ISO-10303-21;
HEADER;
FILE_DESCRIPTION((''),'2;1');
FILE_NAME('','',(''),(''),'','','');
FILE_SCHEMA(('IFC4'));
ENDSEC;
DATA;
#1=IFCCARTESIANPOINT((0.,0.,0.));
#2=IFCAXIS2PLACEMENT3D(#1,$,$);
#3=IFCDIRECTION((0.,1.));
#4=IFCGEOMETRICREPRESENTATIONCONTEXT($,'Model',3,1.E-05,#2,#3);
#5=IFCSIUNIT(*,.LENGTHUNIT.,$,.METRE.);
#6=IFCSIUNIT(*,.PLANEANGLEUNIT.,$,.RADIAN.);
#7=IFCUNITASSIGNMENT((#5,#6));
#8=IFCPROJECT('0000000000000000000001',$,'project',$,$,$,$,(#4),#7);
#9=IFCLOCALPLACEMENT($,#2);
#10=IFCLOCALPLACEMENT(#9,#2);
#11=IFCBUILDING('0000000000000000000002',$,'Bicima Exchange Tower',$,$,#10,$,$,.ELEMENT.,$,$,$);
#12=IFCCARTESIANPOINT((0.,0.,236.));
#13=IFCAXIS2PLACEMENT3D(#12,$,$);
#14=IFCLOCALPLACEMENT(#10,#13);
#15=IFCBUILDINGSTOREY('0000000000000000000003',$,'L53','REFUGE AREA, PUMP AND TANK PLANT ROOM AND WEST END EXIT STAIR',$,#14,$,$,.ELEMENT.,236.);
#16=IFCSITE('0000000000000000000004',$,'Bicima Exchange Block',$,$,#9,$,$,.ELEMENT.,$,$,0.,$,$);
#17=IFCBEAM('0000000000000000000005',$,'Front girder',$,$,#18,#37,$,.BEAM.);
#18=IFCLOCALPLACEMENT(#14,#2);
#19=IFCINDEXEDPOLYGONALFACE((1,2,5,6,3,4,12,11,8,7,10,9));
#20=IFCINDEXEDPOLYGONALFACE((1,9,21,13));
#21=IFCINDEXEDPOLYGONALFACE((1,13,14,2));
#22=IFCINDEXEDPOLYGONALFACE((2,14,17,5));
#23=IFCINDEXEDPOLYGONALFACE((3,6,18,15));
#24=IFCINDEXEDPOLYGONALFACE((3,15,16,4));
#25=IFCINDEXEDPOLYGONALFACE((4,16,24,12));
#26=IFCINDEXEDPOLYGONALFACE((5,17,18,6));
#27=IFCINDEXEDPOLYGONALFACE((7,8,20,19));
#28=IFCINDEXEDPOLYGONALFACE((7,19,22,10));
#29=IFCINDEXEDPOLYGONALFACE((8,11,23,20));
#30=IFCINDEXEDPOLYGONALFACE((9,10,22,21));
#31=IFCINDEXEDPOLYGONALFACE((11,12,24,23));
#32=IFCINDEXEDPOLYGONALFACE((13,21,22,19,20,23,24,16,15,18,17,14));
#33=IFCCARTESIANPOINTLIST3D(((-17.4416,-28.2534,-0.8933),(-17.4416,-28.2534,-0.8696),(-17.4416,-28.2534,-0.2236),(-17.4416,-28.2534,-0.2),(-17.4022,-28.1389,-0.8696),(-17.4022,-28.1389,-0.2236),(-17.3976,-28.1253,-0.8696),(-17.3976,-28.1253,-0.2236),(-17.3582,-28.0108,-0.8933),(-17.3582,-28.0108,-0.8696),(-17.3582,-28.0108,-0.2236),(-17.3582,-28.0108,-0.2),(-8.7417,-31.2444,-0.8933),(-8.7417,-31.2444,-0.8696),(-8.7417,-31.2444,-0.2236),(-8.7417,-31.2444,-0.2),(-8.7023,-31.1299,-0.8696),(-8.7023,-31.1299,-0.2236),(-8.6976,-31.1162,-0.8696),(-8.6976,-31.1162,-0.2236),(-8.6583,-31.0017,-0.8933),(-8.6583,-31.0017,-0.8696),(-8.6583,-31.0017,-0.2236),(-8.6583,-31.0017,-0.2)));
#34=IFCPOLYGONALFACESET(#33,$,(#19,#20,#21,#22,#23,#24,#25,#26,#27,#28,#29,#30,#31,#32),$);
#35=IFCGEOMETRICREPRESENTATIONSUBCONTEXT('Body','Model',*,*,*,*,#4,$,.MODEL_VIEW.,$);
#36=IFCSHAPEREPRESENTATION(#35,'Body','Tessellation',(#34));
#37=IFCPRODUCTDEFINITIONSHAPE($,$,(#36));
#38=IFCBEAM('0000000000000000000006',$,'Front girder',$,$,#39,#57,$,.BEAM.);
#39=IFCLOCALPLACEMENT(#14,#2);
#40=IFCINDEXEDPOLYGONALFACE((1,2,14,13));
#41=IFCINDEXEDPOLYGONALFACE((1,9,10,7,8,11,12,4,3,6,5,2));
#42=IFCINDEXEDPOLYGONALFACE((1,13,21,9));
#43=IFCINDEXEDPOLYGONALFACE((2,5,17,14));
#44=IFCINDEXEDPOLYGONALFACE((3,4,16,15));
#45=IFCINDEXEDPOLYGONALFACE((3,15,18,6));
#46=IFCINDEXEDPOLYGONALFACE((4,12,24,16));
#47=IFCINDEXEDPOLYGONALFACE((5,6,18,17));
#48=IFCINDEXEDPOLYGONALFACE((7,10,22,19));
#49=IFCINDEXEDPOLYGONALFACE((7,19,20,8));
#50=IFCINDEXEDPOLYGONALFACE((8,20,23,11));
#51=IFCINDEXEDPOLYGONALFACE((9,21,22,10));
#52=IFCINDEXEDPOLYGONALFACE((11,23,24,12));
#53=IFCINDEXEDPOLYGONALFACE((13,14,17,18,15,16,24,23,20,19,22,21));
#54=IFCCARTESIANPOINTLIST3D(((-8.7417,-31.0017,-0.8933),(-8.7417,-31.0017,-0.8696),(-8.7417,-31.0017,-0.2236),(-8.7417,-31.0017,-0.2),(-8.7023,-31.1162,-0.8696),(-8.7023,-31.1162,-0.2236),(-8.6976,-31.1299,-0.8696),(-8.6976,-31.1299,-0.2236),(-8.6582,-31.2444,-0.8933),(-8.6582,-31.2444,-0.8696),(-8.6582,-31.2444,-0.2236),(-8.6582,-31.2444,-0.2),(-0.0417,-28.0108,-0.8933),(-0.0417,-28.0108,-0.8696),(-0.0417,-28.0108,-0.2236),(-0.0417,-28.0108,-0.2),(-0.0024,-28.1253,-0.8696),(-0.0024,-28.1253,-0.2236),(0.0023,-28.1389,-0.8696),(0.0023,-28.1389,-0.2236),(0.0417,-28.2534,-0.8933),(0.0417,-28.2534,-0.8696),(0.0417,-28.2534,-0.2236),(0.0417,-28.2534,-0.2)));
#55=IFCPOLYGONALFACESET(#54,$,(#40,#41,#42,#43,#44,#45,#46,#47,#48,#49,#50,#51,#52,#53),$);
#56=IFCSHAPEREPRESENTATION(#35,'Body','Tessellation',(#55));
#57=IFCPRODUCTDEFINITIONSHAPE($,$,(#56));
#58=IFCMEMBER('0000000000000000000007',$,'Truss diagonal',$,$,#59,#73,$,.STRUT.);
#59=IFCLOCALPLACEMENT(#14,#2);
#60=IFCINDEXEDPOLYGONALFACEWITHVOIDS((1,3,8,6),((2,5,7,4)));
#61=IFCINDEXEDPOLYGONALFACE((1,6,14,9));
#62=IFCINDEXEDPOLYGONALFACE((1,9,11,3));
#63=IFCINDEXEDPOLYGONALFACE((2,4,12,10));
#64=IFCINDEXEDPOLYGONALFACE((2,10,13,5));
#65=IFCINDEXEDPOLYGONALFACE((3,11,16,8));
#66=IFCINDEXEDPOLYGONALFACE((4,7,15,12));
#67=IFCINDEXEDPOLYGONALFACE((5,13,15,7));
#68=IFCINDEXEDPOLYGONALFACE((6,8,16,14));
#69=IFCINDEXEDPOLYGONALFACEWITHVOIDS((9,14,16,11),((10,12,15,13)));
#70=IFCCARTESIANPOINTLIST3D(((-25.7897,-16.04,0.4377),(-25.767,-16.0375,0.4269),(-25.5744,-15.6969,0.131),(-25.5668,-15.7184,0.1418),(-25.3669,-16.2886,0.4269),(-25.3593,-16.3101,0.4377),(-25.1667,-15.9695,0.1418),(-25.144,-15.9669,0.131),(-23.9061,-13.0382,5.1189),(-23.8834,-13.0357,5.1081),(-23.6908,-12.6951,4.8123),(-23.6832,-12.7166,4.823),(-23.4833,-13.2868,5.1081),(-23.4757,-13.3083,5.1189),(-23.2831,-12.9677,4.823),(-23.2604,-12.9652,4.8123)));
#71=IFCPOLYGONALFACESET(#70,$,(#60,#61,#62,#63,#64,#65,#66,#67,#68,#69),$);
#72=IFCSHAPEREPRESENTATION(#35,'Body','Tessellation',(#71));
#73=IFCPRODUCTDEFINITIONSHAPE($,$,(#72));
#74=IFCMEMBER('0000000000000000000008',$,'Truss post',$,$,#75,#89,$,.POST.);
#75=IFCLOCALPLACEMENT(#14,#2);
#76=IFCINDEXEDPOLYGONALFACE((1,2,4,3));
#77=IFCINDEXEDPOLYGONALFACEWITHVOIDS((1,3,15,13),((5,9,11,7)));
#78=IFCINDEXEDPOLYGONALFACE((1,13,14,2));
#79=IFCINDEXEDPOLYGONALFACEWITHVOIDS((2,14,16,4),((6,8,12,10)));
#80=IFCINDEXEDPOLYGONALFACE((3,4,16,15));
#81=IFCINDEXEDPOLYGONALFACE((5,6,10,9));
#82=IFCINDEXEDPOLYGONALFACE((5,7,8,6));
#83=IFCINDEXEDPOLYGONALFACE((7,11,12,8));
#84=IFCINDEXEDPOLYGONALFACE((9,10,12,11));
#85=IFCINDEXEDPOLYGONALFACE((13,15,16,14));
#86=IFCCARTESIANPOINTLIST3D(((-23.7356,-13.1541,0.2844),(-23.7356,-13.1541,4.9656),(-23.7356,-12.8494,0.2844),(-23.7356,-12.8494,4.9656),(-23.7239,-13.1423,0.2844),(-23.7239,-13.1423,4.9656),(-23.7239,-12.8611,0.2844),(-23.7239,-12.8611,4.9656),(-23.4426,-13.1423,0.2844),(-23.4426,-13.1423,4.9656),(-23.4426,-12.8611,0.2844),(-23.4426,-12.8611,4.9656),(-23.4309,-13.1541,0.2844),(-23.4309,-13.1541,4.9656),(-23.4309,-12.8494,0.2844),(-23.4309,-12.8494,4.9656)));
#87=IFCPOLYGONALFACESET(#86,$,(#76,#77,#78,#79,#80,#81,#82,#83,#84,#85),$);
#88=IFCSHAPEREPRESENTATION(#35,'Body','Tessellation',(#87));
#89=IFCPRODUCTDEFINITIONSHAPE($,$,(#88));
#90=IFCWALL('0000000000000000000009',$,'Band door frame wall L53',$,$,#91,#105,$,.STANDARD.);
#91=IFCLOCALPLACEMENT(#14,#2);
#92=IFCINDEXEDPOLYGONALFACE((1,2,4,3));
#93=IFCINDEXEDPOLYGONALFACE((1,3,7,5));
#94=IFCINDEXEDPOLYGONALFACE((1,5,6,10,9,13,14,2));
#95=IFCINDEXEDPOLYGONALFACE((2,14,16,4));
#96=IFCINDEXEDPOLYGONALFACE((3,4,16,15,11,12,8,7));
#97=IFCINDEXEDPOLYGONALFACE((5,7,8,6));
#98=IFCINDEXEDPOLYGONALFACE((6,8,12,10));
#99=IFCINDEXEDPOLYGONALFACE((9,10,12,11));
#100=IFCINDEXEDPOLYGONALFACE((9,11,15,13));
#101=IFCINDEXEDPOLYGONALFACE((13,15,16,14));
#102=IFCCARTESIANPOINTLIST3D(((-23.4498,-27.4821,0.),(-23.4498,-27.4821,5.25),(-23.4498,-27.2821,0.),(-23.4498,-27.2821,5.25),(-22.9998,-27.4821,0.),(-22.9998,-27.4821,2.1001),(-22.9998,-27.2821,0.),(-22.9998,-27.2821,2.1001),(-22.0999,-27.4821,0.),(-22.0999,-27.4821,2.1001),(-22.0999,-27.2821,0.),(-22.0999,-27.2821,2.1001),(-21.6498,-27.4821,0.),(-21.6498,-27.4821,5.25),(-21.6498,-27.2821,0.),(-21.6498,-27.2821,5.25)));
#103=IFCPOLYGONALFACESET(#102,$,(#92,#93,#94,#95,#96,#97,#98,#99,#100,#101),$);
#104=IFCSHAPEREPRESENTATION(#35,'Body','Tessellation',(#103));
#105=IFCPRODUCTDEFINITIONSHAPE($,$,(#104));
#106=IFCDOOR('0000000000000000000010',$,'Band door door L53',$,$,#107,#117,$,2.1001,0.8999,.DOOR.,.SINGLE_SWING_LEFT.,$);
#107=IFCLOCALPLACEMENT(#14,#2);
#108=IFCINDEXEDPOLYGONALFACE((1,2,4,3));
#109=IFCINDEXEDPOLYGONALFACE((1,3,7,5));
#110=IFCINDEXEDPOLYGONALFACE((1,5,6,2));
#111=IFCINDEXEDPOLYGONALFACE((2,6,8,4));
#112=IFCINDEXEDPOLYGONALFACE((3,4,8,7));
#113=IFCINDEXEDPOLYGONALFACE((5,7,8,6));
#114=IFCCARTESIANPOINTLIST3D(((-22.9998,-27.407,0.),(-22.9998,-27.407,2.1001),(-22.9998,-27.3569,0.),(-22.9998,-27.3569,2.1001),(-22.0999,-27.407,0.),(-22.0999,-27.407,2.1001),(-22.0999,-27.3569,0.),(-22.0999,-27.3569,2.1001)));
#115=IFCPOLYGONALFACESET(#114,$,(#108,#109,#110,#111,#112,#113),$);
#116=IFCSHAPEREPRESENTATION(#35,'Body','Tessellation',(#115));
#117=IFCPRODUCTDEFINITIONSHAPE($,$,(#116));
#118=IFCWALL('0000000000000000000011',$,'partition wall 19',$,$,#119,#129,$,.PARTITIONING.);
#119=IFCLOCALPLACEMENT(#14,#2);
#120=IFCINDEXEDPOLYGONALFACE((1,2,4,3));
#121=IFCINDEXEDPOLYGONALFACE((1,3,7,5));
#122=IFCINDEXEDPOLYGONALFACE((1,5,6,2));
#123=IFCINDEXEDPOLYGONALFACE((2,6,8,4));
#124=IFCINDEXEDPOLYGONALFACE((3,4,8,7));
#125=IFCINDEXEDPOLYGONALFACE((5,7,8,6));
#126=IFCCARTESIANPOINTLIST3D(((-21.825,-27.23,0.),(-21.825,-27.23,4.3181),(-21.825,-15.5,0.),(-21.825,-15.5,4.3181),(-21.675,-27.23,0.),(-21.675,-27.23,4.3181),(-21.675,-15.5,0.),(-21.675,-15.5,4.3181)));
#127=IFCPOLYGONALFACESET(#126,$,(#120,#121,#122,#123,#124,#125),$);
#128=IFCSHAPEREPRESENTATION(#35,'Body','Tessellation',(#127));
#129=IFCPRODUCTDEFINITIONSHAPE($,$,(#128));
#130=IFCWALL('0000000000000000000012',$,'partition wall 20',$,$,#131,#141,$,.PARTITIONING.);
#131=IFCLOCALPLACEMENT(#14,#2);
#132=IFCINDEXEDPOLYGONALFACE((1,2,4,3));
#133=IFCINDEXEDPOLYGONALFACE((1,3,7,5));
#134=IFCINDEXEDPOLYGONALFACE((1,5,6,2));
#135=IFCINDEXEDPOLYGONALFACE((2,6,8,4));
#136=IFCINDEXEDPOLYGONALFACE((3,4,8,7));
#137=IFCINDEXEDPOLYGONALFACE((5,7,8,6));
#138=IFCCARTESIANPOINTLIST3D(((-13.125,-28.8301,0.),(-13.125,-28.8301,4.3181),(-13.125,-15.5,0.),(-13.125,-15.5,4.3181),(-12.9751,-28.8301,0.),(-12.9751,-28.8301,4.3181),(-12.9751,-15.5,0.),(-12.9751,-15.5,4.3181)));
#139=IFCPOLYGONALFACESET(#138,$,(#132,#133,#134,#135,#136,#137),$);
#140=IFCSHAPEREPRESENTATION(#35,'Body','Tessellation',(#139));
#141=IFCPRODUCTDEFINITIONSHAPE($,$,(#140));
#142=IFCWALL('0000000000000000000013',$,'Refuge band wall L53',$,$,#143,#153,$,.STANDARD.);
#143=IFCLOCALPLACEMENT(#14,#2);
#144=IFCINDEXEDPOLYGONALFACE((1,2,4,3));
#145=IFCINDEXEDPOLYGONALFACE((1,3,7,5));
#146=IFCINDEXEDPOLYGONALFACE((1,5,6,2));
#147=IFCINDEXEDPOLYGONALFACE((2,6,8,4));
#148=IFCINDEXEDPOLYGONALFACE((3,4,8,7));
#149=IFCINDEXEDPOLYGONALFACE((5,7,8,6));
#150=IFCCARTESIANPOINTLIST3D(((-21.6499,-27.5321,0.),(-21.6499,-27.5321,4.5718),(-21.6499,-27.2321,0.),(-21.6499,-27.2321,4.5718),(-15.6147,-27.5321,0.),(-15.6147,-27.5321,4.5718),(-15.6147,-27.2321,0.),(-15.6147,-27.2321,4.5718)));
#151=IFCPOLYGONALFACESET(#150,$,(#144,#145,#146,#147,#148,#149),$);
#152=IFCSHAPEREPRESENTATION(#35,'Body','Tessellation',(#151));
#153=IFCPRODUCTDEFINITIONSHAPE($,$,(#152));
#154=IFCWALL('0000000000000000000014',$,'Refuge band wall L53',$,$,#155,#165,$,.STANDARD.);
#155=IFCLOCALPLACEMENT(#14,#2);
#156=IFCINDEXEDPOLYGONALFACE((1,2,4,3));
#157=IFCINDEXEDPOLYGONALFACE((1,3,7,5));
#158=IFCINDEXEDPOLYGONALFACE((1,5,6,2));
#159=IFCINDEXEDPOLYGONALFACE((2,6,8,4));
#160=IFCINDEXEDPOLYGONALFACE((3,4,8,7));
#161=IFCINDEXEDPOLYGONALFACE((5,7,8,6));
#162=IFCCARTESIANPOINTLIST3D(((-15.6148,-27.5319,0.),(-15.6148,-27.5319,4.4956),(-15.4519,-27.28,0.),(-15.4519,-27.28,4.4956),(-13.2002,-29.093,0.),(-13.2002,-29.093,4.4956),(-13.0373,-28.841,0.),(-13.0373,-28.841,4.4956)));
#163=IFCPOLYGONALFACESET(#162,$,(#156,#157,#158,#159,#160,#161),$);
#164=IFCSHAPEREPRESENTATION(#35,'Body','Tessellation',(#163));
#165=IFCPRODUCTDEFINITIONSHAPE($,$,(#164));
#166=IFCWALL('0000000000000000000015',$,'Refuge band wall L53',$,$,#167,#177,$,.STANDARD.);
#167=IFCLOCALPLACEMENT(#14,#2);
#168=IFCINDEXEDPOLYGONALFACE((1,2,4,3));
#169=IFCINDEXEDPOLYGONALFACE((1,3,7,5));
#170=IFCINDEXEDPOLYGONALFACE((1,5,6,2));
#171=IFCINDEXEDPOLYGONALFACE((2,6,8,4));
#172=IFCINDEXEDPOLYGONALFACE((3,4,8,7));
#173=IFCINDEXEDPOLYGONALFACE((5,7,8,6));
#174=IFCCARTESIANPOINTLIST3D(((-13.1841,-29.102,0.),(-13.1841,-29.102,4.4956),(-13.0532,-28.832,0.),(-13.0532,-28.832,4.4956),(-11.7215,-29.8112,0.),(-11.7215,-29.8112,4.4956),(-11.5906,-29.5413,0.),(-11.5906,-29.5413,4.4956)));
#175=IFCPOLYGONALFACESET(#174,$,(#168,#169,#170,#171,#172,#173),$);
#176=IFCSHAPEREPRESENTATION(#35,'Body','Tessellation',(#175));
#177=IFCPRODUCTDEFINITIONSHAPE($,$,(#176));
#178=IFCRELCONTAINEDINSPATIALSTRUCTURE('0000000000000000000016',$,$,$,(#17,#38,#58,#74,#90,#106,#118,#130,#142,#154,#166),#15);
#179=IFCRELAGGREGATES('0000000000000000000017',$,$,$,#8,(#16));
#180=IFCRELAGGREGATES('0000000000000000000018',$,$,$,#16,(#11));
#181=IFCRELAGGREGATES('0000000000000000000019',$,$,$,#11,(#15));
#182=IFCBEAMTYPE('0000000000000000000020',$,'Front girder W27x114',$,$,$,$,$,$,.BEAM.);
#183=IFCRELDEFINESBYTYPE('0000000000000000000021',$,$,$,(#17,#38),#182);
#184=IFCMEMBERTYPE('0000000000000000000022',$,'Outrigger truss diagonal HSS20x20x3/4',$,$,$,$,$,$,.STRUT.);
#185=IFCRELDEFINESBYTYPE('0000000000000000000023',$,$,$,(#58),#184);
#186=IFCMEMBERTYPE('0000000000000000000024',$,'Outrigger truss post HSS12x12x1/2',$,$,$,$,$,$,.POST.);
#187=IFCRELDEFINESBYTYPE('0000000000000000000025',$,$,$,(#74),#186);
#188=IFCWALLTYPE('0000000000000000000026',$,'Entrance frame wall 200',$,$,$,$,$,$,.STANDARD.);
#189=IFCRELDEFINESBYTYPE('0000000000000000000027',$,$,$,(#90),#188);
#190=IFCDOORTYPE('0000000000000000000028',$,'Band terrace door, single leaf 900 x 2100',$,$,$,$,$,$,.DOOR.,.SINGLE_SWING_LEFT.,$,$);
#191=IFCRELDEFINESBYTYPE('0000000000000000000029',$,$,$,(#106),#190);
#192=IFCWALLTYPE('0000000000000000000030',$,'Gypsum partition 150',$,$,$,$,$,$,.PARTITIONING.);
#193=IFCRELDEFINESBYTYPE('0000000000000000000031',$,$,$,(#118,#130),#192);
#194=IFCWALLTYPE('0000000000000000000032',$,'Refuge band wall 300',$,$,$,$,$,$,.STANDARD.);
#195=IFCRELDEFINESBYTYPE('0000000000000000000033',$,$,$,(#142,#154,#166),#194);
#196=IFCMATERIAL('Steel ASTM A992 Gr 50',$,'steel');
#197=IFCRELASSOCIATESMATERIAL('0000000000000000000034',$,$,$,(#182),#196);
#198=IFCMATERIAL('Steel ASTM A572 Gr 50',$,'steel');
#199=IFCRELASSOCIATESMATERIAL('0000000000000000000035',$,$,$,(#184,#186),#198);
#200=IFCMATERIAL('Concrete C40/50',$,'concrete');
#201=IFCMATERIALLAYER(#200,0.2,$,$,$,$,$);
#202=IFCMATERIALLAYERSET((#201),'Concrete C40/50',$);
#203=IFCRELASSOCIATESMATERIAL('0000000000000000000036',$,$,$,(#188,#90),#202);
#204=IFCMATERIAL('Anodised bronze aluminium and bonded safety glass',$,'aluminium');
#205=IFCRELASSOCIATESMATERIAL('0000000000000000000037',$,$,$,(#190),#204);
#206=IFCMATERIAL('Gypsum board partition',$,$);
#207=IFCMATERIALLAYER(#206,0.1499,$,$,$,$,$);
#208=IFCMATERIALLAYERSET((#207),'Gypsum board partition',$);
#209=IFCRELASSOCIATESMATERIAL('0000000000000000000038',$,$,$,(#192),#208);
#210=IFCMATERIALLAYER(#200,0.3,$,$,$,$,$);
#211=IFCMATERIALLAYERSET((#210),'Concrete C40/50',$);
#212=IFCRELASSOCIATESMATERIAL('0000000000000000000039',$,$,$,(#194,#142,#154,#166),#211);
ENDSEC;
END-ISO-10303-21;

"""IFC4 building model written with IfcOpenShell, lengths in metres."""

from ifc_helpers import new_model, si_unit, direction, frame, frame_2d, origin, origin_2d, place, context, subcontext, project, spatial, rectangle, hollow_rectangle, i_section, extrude, material, layer, layer_set, layer_usage, material_profile, profile_set, type_object, element, fill, save


model = new_model("IFC4")

# Units and contexts
model_context = context("Model", 3, precision=1e-05, world=origin(), true_north=direction((0.0, 1.0)))
body_context = subcontext(model_context, "Body", "Model", "MODEL_VIEW")
ifc_project = project(units=[si_unit("LENGTHUNIT", "METRE"), si_unit("PLANEANGLEUNIT", "RADIAN")], contexts=[model_context])

# Site, building, storey
site_placement = place(None, origin())
site = spatial("IfcSite", under=ifc_project, at=site_placement, Name="Bicima Exchange Block", CompositionType="ELEMENT", RefElevation=0.0)
building_placement = place(site_placement, origin())
building = spatial("IfcBuilding", under=site, at=building_placement, Name="Bicima Exchange Tower", CompositionType="ELEMENT")
storey_placement = place(building_placement, frame((0.0, 0.0, 236.0)))
storey = spatial("IfcBuildingStorey", under=building, at=storey_placement, Name="L53", Description="REFUGE AREA, PUMP AND TANK PLANT ROOM AND WEST END EXIT STAIR", CompositionType="ELEMENT", Elevation=236.0)

# Shared definitions
ifc_material_1 = material(Name="Steel ASTM A992 Gr 50", Category="steel")

# Shared definitions
ifc_material_2 = material(Name="Steel ASTM A572 Gr 50", Category="steel")
ifc_material_profile_1 = material_profile(ifc_material_2, hollow_rectangle(XDim=0.3047, YDim=0.3047, WallThickness=0.0117, at=origin_2d()))
ifc_profile_set_1 = profile_set([ifc_material_profile_1], Name="Steel ASTM A572 Gr 50")

# Beams
ifc_material_profile_2 = material_profile(ifc_material_1, i_section(OverallWidth=0.2566, OverallDepth=0.6934, WebThickness=0.0144, FlangeThickness=0.0237, at=origin_2d()))
ifc_profile_set_2 = profile_set([ifc_material_profile_2], Name="Steel ASTM A992 Gr 50")
beam_type_1 = type_object("IfcBeamType", Name="Front girder W27x114", PredefinedType="BEAM", material=ifc_profile_set_2)
for number, where, z_axis, x_axis, name in (
    (1, (-17.3999, -28.1321, -0.5466), (0.945675, -0.325115, 0.0), (0.325115, 0.945675, 0.0), "Front girder"),
    (2, (-8.7, -31.123, -0.5466), (0.945675, 0.325115, 0.0), (-0.325115, 0.945675, 0.0), "Front girder"),
):
    element("IfcBeam", number, at=place(storey_placement, frame(where, z_axis=z_axis, x_axis=x_axis)), inside=storey, type_object=beam_type_1, Name=name, PredefinedType="BEAM", context=body_context, shape_type="SweptSolid", body=[
        extrude(i_section(OverallWidth=0.2566, OverallDepth=0.6934, WebThickness=0.0144, FlangeThickness=0.0237, at=origin_2d()), origin(), (0.0, 0.0, 1.0), 9.1997),
    ])

# Members
ifc_material_profile_3 = material_profile(ifc_material_2, hollow_rectangle(XDim=0.5081, YDim=0.5081, WallThickness=0.0178, at=origin_2d()))
ifc_profile_set_3 = profile_set([ifc_material_profile_3], Name="Steel ASTM A572 Gr 50")
member_type_1 = type_object("IfcMemberType", Name="Outrigger truss diagonal HSS20x20x3/4", PredefinedType="STRUT", material=ifc_profile_set_3)
member_1_placement = place(storey_placement, frame((-23.5833, -13.0017, 4.9656), z_axis=(-0.32081, -0.511258, -0.797305), x_axis=(0.847049, -0.531515, 0.0)))
element("IfcMember", 3, at=member_1_placement, inside=storey, type_object=member_type_1, Name="Truss diagonal", PredefinedType="STRUT", context=body_context, shape_type="SweptSolid", body=[
    extrude(hollow_rectangle(XDim=0.5081, YDim=0.5081, WallThickness=0.0178, at=origin_2d()), origin(), (0.0, 0.0, 1.0), 5.8713),
])
member_type_2 = type_object("IfcMemberType", Name="Outrigger truss post HSS12x12x1/2", PredefinedType="POST", material=ifc_profile_set_1)
member_2_placement = place(storey_placement, frame((-23.5833, -13.0017, 0.2844), z_axis=(0.0, 0.0, 1.0), x_axis=(1.0, 0.0, 0.0)))
element("IfcMember", 4, at=member_2_placement, inside=storey, type_object=member_type_2, Name="Truss post", PredefinedType="POST", context=body_context, shape_type="SweptSolid", body=[
    extrude(hollow_rectangle(XDim=0.3047, YDim=0.3047, WallThickness=0.0117, at=origin_2d()), origin(), (0.0, 0.0, 1.0), 4.6812),
])

# Wall, opening, door
ifc_material_3 = material(Name="Concrete C40/50", Category="concrete")
ifc_layer_1 = layer(ifc_material_3, 0.2)
ifc_layer_set_1 = layer_set([ifc_layer_1], Name="Concrete C40/50")
ifc_layer_usage_1 = layer_usage(ifc_layer_set_1, "AXIS2", "POSITIVE", -0.1)
wall_type_1 = type_object("IfcWallType", Name="Entrance frame wall 200", PredefinedType="STANDARD", material=ifc_layer_set_1)
wall_1_placement = place(storey_placement, frame((-21.6499, -27.3821, 0.0), z_axis=(0.0, 0.0, 1.0), x_axis=(-1.0, 0.0, 0.0)))
wall_1 = element("IfcWall", 5, at=wall_1_placement, inside=storey, type_object=wall_type_1, material=ifc_layer_usage_1, Name="Band door frame wall L53", PredefinedType="STANDARD", context=body_context, shape_type="SweptSolid", body=[
    extrude(rectangle(XDim=1.8, YDim=0.2, at=frame_2d((0.8999, 0.0))), origin(), (0.0, 0.0, 1.0), 5.25),
])
opening_placement = place(wall_1_placement, frame((0.45, 0.0, 0.0)))
opening = element("IfcOpeningElement", 6, at=opening_placement, cuts=wall_1, PredefinedType="OPENING", context=body_context, shape_type="SweptSolid", body=[
    extrude(rectangle(XDim=0.8999, YDim=2.1001, at=frame_2d((0.45, 1.05))), frame((0.0, 0.1118, 0.0), z_axis=(0.0, -1.0, 0.0), x_axis=(1.0, 0.0, 0.0)), (0.0, 0.0, 1.0), 0.2239),
])
ifc_material_4 = material(Name="Anodised bronze aluminium and bonded safety glass", Category="aluminium")
door_type = type_object("IfcDoorType", Name="Band terrace door, single leaf 900 x 2100", OperationType="SINGLE_SWING_LEFT", PredefinedType="DOOR", material=ifc_material_4)
door_placement = place(opening_placement, origin())
door = element("IfcDoor", 7, at=door_placement, inside=storey, type_object=door_type, Name="Band door door L53", OperationType="SINGLE_SWING_LEFT", OverallHeight=2.1001, OverallWidth=0.8999, PredefinedType="DOOR", context=body_context, shape_type="SweptSolid", body=[
    extrude(rectangle(XDim=0.8999, YDim=2.1001, at=frame_2d((0.45, 1.05))), frame((0.0, 0.0249, 0.0), z_axis=(0.0, -1.0, 0.0), x_axis=(1.0, 0.0, 0.0)), (0.0, 0.0, 1.0), 0.05),
])
fill(opening, door)

# Walls
ifc_material_5 = material(Name="Gypsum board partition")
ifc_layer_2 = layer(ifc_material_5, 0.1499)
ifc_layer_set_2 = layer_set([ifc_layer_2], Name="Gypsum board partition")
wall_type_2 = type_object("IfcWallType", Name="Gypsum partition 150", PredefinedType="PARTITIONING", material=ifc_layer_set_2)
wall_2_placement = place(storey_placement, frame((-21.75, -27.23, 0.0), z_axis=(0.0, 0.0, 1.0), x_axis=(0.0, 1.0, 0.0)))
element("IfcWall", 8, at=wall_2_placement, inside=storey, type_object=wall_type_2, Name="partition wall 19", PredefinedType="PARTITIONING", context=body_context, shape_type="SweptSolid", body=[
    extrude(rectangle(XDim=11.73, YDim=0.1499, at=frame_2d((5.865, 0.0))), origin(), (0.0, 0.0, 1.0), 4.3181),
])
wall_3_placement = place(storey_placement, frame((-13.05, -28.8301, 0.0), z_axis=(0.0, 0.0, 1.0), x_axis=(0.0, 1.0, 0.0)))
element("IfcWall", 9, at=wall_3_placement, inside=storey, type_object=wall_type_2, Name="partition wall 20", PredefinedType="PARTITIONING", context=body_context, shape_type="SweptSolid", body=[
    extrude(rectangle(XDim=13.3301, YDim=0.1499, at=frame_2d((6.665, 0.0))), origin(), (0.0, 0.0, 1.0), 4.3181),
])
ifc_layer_3 = layer(ifc_material_3, 0.3)
ifc_layer_set_3 = layer_set([ifc_layer_3], Name="Concrete C40/50")
ifc_layer_usage_2 = layer_usage(ifc_layer_set_3, "AXIS2", "POSITIVE", -0.15)
wall_type_3 = type_object("IfcWallType", Name="Refuge band wall 300", PredefinedType="STANDARD", material=ifc_layer_set_3)
wall_4_placement = place(storey_placement, frame((-21.6499, -27.3821, 0.0), z_axis=(0.0, 0.0, 1.0), x_axis=(1.0, 0.0, 0.0)))
element("IfcWall", 10, at=wall_4_placement, inside=storey, type_object=wall_type_3, material=ifc_layer_usage_2, Name="Refuge band wall L53", PredefinedType="STANDARD", context=body_context, shape_type="SweptSolid", body=[
    extrude(rectangle(XDim=6.0352, YDim=0.3, at=frame_2d((3.0176, 0.0))), origin(), (0.0, 0.0, 1.0), 4.5718),
])
wall_5_placement = place(storey_placement, frame((-15.5332, -27.406, 0.0), z_axis=(0.0, 0.0, 1.0), x_axis=(0.83978, -0.542927, 0.0)))
element("IfcWall", 11, at=wall_5_placement, inside=storey, type_object=wall_type_3, material=ifc_layer_usage_2, Name="Refuge band wall L53", PredefinedType="STANDARD", context=body_context, shape_type="SweptSolid", body=[
    extrude(rectangle(XDim=2.8752, YDim=0.3, at=frame_2d((1.4375, 0.0))), origin(), (0.0, 0.0, 1.0), 4.4956),
])
wall_6_placement = place(storey_placement, frame((-13.1187, -28.967, 0.0), z_axis=(0.0, 0.0, 1.0), x_axis=(0.899798, -0.436307, 0.0)))
element("IfcWall", 12, at=wall_6_placement, inside=storey, type_object=wall_type_3, material=ifc_layer_usage_2, Name="Refuge band wall L53", PredefinedType="STANDARD", context=body_context, shape_type="SweptSolid", body=[
    extrude(rectangle(XDim=1.6255, YDim=0.3, at=frame_2d((0.8127, 0.0))), origin(), (0.0, 0.0, 1.0), 4.4956),
])

save(model, "model.ifc")
